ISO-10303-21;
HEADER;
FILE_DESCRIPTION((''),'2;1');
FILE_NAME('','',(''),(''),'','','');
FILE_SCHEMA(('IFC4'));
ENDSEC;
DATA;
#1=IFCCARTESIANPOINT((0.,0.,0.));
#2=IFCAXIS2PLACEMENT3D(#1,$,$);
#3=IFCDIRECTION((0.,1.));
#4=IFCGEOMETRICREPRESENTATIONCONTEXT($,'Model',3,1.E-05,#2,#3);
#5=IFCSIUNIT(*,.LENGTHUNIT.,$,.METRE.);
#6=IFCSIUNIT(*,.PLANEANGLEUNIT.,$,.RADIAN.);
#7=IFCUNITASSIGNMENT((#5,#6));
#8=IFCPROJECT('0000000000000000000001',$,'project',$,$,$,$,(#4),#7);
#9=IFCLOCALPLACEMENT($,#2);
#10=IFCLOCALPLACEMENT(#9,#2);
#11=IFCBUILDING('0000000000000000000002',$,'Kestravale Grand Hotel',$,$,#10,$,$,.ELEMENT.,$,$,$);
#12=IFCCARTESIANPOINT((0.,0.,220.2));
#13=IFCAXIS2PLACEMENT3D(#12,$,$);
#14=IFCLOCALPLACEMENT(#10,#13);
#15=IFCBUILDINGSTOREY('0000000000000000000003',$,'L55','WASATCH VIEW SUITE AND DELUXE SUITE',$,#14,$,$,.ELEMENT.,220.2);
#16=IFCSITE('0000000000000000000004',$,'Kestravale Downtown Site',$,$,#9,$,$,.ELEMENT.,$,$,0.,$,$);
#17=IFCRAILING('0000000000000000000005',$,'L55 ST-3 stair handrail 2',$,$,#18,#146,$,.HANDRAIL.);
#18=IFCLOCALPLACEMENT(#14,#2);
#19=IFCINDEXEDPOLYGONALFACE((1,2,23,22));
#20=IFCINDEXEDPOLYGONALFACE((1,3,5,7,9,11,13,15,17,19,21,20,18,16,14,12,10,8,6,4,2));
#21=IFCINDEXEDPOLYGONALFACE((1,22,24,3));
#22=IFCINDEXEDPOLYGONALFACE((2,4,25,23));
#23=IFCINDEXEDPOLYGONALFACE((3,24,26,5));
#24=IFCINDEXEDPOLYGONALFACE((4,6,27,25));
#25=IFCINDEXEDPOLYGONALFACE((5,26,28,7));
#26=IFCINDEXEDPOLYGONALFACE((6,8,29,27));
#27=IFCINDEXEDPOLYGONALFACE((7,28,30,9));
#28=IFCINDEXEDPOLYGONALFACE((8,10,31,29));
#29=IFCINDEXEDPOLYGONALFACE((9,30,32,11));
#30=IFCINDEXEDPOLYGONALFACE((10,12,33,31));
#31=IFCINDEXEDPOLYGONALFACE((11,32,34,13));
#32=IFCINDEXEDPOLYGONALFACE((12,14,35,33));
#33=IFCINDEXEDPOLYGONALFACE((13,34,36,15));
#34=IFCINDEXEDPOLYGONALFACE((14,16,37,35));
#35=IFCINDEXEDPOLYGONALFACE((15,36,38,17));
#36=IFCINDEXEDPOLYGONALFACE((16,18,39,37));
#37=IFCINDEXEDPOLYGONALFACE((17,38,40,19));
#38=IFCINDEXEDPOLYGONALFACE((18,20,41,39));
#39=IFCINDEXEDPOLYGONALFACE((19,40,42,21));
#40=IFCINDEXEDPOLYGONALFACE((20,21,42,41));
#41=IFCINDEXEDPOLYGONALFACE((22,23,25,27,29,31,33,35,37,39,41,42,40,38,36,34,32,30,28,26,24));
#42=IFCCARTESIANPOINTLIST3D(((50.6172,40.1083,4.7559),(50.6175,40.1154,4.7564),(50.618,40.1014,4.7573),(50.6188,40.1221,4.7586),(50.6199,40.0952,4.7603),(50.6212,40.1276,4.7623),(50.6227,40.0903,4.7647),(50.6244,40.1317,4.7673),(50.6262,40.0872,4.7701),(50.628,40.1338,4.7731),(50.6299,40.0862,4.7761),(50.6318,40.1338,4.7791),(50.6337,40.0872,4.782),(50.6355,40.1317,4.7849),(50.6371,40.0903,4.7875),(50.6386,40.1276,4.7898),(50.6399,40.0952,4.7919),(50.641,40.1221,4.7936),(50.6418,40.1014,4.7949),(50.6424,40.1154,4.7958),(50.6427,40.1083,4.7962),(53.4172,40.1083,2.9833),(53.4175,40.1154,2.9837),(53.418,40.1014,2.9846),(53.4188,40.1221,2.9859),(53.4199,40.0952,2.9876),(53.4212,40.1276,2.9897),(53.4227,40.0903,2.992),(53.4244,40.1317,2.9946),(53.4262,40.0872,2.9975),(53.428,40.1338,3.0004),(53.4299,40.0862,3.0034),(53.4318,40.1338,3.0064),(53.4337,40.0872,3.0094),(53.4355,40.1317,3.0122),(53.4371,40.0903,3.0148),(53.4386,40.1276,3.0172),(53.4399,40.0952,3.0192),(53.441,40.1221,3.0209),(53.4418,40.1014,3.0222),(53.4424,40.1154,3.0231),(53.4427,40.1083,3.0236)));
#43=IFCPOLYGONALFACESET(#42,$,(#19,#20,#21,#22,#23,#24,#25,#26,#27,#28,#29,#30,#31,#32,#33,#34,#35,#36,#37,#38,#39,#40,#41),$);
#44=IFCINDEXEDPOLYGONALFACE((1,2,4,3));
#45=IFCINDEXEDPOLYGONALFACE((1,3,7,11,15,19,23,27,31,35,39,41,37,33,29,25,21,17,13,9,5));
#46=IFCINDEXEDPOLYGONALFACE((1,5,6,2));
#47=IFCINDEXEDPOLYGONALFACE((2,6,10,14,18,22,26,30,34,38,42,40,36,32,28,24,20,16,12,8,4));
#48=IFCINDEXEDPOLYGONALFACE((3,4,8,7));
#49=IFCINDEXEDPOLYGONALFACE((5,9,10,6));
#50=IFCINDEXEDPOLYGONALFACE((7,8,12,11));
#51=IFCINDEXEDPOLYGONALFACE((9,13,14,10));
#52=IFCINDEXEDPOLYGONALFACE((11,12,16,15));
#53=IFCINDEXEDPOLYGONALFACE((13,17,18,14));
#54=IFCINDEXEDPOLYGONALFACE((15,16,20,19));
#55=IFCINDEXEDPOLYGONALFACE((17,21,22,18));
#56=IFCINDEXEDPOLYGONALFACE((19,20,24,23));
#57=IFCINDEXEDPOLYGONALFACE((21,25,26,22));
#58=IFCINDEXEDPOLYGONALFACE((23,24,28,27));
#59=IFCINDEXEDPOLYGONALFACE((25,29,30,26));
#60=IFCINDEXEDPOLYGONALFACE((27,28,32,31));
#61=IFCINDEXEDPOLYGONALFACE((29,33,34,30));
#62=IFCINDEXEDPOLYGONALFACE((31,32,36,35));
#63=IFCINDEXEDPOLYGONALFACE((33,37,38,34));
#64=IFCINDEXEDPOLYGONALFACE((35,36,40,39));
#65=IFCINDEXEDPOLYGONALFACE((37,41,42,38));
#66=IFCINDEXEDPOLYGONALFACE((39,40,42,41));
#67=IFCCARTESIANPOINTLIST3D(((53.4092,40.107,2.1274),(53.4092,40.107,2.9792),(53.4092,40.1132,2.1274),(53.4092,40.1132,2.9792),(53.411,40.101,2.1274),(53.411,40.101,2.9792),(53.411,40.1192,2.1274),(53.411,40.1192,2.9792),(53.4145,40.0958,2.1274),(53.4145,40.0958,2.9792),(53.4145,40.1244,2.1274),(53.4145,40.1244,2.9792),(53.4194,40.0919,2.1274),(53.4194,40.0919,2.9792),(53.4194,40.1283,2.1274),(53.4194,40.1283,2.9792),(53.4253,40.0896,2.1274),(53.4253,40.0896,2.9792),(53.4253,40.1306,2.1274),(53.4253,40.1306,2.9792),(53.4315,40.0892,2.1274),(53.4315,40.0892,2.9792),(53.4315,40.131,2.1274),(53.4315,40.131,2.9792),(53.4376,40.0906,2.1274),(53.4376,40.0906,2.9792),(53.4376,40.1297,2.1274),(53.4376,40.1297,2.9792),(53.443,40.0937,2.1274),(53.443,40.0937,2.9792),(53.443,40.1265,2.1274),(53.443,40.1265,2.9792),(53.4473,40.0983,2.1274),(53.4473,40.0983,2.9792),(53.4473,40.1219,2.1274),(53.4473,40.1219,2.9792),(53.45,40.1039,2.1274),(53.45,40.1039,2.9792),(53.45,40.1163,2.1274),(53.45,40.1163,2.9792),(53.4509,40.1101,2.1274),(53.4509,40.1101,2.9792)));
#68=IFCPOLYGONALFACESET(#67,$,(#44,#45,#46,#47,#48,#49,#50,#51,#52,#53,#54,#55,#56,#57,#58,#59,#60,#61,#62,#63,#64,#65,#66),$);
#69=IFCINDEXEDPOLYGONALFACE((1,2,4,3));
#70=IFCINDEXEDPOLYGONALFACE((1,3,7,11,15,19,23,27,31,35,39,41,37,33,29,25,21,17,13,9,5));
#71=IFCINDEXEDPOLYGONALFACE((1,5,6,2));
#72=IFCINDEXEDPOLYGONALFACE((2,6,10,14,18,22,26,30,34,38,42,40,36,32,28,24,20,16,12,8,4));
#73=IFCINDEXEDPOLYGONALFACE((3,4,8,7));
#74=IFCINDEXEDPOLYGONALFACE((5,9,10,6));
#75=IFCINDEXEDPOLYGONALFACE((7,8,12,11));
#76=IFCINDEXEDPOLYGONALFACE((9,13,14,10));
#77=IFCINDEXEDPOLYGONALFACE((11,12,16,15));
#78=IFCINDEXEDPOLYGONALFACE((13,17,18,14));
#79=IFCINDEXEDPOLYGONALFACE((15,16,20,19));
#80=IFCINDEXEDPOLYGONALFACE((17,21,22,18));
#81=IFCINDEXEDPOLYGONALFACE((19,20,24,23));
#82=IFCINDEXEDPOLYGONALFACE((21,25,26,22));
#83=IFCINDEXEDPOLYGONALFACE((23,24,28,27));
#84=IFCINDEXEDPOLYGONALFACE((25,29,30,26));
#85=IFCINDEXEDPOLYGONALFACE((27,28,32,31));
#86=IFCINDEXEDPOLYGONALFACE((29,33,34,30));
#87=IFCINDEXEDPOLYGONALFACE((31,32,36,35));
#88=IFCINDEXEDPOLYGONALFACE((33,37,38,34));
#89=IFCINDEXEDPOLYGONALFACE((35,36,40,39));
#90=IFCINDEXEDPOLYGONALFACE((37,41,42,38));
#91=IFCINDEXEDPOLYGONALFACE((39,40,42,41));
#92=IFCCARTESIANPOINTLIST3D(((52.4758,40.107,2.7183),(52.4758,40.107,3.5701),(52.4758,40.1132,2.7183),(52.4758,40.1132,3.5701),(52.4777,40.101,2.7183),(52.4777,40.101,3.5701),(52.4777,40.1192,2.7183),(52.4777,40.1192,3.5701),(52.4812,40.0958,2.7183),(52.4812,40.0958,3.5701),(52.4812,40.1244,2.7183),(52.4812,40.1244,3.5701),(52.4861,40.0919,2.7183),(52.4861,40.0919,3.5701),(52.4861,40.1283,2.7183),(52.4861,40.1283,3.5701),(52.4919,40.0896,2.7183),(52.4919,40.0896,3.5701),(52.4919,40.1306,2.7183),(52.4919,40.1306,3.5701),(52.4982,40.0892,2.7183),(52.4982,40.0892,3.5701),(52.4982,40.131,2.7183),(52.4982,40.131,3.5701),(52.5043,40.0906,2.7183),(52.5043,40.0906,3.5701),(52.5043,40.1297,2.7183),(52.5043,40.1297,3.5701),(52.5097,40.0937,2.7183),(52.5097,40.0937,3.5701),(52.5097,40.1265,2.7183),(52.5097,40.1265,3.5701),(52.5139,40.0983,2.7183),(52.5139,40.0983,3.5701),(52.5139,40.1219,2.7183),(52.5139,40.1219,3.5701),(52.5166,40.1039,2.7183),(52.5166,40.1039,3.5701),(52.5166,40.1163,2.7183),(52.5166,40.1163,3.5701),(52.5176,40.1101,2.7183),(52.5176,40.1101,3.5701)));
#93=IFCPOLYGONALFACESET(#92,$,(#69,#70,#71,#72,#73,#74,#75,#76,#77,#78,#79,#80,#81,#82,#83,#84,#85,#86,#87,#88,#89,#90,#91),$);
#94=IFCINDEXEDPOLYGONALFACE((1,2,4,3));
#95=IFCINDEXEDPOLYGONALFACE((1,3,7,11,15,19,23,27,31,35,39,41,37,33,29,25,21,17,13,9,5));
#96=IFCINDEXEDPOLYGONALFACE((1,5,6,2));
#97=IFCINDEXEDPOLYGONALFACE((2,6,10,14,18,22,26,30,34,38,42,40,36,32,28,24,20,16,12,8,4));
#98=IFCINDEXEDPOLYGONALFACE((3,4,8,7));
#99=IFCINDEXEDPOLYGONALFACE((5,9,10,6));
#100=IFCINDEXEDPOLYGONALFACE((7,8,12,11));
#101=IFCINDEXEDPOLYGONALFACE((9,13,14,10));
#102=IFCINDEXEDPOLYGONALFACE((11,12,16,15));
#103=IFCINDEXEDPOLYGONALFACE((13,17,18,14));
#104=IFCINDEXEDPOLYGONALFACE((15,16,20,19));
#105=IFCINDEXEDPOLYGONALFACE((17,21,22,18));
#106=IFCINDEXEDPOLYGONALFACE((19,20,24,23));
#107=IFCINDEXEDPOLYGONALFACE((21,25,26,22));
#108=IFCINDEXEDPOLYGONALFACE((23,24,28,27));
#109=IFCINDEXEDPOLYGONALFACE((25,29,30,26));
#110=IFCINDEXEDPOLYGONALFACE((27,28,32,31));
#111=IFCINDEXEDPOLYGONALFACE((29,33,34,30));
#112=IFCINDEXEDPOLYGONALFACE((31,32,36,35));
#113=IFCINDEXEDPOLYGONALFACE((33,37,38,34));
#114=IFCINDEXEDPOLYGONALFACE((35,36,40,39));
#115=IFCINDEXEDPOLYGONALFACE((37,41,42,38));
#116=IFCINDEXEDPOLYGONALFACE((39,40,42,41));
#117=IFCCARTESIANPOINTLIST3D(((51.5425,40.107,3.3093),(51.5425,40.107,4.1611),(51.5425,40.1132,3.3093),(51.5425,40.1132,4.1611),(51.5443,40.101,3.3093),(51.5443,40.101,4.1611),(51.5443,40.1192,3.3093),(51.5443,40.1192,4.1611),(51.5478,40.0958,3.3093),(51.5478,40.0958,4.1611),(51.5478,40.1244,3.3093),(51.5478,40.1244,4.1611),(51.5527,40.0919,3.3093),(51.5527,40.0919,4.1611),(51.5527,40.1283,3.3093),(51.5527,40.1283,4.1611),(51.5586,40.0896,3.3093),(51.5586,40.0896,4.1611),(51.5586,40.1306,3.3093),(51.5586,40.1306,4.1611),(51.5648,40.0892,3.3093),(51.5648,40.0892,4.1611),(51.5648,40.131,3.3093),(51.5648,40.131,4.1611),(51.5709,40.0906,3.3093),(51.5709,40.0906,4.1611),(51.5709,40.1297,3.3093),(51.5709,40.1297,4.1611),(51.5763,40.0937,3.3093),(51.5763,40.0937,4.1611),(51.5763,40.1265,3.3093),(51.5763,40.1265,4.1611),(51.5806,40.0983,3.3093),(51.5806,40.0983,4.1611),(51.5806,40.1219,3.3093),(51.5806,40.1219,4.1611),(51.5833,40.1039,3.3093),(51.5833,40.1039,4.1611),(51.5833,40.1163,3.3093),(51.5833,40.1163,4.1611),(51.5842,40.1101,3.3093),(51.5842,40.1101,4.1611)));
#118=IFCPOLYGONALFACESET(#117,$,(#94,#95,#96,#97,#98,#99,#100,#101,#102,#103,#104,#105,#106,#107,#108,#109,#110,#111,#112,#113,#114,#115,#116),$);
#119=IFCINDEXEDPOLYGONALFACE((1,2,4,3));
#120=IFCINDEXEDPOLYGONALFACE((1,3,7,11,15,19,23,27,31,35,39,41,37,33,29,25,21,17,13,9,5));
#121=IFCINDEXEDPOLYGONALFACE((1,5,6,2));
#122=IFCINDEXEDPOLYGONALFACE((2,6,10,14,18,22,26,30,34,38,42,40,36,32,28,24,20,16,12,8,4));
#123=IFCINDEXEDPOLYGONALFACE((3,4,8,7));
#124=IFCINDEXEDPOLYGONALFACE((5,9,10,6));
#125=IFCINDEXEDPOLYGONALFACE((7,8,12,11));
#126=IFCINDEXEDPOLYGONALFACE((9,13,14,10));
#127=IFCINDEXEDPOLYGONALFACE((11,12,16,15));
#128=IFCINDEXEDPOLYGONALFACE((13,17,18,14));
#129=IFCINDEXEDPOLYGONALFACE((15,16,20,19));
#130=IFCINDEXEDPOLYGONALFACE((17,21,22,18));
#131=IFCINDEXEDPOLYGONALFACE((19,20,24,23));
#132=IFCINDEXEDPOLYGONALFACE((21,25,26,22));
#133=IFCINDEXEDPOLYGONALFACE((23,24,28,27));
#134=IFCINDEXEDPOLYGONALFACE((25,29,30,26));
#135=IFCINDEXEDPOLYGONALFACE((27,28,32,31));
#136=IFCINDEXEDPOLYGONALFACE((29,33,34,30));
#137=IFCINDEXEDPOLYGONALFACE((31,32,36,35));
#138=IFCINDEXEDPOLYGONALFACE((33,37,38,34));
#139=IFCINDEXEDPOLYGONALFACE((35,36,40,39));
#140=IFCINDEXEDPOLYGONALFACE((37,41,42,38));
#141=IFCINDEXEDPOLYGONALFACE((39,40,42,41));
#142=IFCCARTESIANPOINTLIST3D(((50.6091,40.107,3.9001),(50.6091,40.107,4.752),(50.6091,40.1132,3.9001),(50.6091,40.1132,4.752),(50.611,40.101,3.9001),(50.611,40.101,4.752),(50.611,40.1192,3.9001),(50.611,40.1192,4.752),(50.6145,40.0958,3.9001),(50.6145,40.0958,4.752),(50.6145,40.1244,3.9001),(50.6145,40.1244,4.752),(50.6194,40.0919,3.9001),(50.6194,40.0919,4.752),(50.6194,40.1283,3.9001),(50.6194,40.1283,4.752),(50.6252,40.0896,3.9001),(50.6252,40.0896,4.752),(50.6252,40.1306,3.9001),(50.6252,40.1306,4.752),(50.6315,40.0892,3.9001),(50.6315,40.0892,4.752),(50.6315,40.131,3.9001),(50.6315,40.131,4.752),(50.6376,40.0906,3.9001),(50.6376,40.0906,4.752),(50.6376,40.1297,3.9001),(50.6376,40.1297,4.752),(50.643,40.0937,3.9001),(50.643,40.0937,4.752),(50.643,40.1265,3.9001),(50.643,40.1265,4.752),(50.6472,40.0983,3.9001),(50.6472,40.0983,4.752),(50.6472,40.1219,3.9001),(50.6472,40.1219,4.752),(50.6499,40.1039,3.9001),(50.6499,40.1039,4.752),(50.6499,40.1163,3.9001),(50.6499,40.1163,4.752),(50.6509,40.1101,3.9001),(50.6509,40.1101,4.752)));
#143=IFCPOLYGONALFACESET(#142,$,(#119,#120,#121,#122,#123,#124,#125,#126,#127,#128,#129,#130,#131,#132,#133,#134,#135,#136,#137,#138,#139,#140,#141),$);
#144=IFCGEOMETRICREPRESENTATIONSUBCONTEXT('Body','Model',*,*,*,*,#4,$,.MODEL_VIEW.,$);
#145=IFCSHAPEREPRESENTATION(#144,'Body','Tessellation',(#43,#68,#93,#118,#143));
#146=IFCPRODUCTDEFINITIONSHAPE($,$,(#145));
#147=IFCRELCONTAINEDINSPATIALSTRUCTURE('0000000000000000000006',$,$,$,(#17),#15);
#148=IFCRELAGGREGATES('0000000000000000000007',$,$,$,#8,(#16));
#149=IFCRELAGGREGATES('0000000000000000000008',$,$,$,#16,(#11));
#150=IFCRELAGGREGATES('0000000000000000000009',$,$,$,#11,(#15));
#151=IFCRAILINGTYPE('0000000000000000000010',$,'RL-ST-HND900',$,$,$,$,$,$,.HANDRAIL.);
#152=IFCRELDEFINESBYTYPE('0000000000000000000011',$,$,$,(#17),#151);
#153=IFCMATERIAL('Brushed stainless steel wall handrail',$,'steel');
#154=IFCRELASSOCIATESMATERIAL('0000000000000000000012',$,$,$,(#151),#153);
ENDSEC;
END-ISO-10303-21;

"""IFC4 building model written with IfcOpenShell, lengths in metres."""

from ifc_helpers import new_model, si_unit, direction, frame, origin, origin_2d, place, context, subcontext, project, spatial, circle, extrude, material, type_object, element, save


model = new_model("IFC4")

# Units and contexts
model_context = context("Model", 3, precision=1e-05, world=origin(), true_north=direction((0.0, 1.0)))
body_context = subcontext(model_context, "Body", "Model", "MODEL_VIEW")
ifc_project = project(units=[si_unit("LENGTHUNIT", "METRE"), si_unit("PLANEANGLEUNIT", "RADIAN")], contexts=[model_context])

# Site, building, storey
site_placement = place(None, origin())
site = spatial("IfcSite", under=ifc_project, at=site_placement, Name="Kestravale Downtown Site", CompositionType="ELEMENT", RefElevation=0.0)
building_placement = place(site_placement, origin())
building = spatial("IfcBuilding", under=site, at=building_placement, Name="Kestravale Grand Hotel", CompositionType="ELEMENT")
storey_placement = place(building_placement, frame((0.0, 0.0, 220.2)))
storey = spatial("IfcBuildingStorey", under=building, at=storey_placement, Name="L55", Description="WASATCH VIEW SUITE AND DELUXE SUITE", CompositionType="ELEMENT", Elevation=220.2)

# Railing
ifc_material_1 = material(Name="Brushed stainless steel wall handrail", Category="steel")
railing_type_1 = type_object("IfcRailingType", Name="RL-ST-HND900", PredefinedType="HANDRAIL", material=ifc_material_1)
railing_1_placement = place(storey_placement, frame((53.4299, 40.1101, 2.1274)))
element("IfcRailing", 1, at=railing_1_placement, inside=storey, type_object=railing_type_1, Name="L55 ST-3 stair handrail 2", PredefinedType="HANDRAIL", context=body_context, shape_type="SweptSolid", body=[
    extrude(circle(Radius=0.0239, at=origin_2d()), frame((0.0, 0.0, 0.876), z_axis=(-0.844909, 0.0, 0.53491), x_axis=(0.0, -1.0, 0.0)), (0.0, 0.0, 1.0), 3.314),
    extrude(circle(Radius=0.021, at=origin_2d()), origin(), (0.0, 0.0, 1.0), 0.8518),
    extrude(circle(Radius=0.021, at=origin_2d()), frame((-0.9333, 0.0, 0.5908)), (0.0, 0.0, 1.0), 0.8518),
    extrude(circle(Radius=0.021, at=origin_2d()), frame((-1.8667, 0.0, 1.1819)), (0.0, 0.0, 1.0), 0.8518),
    extrude(circle(Radius=0.021, at=origin_2d()), frame((-2.8, 0.0, 1.7727)), (0.0, 0.0, 1.0), 0.8518),
])

save(model, "model.ifc")
